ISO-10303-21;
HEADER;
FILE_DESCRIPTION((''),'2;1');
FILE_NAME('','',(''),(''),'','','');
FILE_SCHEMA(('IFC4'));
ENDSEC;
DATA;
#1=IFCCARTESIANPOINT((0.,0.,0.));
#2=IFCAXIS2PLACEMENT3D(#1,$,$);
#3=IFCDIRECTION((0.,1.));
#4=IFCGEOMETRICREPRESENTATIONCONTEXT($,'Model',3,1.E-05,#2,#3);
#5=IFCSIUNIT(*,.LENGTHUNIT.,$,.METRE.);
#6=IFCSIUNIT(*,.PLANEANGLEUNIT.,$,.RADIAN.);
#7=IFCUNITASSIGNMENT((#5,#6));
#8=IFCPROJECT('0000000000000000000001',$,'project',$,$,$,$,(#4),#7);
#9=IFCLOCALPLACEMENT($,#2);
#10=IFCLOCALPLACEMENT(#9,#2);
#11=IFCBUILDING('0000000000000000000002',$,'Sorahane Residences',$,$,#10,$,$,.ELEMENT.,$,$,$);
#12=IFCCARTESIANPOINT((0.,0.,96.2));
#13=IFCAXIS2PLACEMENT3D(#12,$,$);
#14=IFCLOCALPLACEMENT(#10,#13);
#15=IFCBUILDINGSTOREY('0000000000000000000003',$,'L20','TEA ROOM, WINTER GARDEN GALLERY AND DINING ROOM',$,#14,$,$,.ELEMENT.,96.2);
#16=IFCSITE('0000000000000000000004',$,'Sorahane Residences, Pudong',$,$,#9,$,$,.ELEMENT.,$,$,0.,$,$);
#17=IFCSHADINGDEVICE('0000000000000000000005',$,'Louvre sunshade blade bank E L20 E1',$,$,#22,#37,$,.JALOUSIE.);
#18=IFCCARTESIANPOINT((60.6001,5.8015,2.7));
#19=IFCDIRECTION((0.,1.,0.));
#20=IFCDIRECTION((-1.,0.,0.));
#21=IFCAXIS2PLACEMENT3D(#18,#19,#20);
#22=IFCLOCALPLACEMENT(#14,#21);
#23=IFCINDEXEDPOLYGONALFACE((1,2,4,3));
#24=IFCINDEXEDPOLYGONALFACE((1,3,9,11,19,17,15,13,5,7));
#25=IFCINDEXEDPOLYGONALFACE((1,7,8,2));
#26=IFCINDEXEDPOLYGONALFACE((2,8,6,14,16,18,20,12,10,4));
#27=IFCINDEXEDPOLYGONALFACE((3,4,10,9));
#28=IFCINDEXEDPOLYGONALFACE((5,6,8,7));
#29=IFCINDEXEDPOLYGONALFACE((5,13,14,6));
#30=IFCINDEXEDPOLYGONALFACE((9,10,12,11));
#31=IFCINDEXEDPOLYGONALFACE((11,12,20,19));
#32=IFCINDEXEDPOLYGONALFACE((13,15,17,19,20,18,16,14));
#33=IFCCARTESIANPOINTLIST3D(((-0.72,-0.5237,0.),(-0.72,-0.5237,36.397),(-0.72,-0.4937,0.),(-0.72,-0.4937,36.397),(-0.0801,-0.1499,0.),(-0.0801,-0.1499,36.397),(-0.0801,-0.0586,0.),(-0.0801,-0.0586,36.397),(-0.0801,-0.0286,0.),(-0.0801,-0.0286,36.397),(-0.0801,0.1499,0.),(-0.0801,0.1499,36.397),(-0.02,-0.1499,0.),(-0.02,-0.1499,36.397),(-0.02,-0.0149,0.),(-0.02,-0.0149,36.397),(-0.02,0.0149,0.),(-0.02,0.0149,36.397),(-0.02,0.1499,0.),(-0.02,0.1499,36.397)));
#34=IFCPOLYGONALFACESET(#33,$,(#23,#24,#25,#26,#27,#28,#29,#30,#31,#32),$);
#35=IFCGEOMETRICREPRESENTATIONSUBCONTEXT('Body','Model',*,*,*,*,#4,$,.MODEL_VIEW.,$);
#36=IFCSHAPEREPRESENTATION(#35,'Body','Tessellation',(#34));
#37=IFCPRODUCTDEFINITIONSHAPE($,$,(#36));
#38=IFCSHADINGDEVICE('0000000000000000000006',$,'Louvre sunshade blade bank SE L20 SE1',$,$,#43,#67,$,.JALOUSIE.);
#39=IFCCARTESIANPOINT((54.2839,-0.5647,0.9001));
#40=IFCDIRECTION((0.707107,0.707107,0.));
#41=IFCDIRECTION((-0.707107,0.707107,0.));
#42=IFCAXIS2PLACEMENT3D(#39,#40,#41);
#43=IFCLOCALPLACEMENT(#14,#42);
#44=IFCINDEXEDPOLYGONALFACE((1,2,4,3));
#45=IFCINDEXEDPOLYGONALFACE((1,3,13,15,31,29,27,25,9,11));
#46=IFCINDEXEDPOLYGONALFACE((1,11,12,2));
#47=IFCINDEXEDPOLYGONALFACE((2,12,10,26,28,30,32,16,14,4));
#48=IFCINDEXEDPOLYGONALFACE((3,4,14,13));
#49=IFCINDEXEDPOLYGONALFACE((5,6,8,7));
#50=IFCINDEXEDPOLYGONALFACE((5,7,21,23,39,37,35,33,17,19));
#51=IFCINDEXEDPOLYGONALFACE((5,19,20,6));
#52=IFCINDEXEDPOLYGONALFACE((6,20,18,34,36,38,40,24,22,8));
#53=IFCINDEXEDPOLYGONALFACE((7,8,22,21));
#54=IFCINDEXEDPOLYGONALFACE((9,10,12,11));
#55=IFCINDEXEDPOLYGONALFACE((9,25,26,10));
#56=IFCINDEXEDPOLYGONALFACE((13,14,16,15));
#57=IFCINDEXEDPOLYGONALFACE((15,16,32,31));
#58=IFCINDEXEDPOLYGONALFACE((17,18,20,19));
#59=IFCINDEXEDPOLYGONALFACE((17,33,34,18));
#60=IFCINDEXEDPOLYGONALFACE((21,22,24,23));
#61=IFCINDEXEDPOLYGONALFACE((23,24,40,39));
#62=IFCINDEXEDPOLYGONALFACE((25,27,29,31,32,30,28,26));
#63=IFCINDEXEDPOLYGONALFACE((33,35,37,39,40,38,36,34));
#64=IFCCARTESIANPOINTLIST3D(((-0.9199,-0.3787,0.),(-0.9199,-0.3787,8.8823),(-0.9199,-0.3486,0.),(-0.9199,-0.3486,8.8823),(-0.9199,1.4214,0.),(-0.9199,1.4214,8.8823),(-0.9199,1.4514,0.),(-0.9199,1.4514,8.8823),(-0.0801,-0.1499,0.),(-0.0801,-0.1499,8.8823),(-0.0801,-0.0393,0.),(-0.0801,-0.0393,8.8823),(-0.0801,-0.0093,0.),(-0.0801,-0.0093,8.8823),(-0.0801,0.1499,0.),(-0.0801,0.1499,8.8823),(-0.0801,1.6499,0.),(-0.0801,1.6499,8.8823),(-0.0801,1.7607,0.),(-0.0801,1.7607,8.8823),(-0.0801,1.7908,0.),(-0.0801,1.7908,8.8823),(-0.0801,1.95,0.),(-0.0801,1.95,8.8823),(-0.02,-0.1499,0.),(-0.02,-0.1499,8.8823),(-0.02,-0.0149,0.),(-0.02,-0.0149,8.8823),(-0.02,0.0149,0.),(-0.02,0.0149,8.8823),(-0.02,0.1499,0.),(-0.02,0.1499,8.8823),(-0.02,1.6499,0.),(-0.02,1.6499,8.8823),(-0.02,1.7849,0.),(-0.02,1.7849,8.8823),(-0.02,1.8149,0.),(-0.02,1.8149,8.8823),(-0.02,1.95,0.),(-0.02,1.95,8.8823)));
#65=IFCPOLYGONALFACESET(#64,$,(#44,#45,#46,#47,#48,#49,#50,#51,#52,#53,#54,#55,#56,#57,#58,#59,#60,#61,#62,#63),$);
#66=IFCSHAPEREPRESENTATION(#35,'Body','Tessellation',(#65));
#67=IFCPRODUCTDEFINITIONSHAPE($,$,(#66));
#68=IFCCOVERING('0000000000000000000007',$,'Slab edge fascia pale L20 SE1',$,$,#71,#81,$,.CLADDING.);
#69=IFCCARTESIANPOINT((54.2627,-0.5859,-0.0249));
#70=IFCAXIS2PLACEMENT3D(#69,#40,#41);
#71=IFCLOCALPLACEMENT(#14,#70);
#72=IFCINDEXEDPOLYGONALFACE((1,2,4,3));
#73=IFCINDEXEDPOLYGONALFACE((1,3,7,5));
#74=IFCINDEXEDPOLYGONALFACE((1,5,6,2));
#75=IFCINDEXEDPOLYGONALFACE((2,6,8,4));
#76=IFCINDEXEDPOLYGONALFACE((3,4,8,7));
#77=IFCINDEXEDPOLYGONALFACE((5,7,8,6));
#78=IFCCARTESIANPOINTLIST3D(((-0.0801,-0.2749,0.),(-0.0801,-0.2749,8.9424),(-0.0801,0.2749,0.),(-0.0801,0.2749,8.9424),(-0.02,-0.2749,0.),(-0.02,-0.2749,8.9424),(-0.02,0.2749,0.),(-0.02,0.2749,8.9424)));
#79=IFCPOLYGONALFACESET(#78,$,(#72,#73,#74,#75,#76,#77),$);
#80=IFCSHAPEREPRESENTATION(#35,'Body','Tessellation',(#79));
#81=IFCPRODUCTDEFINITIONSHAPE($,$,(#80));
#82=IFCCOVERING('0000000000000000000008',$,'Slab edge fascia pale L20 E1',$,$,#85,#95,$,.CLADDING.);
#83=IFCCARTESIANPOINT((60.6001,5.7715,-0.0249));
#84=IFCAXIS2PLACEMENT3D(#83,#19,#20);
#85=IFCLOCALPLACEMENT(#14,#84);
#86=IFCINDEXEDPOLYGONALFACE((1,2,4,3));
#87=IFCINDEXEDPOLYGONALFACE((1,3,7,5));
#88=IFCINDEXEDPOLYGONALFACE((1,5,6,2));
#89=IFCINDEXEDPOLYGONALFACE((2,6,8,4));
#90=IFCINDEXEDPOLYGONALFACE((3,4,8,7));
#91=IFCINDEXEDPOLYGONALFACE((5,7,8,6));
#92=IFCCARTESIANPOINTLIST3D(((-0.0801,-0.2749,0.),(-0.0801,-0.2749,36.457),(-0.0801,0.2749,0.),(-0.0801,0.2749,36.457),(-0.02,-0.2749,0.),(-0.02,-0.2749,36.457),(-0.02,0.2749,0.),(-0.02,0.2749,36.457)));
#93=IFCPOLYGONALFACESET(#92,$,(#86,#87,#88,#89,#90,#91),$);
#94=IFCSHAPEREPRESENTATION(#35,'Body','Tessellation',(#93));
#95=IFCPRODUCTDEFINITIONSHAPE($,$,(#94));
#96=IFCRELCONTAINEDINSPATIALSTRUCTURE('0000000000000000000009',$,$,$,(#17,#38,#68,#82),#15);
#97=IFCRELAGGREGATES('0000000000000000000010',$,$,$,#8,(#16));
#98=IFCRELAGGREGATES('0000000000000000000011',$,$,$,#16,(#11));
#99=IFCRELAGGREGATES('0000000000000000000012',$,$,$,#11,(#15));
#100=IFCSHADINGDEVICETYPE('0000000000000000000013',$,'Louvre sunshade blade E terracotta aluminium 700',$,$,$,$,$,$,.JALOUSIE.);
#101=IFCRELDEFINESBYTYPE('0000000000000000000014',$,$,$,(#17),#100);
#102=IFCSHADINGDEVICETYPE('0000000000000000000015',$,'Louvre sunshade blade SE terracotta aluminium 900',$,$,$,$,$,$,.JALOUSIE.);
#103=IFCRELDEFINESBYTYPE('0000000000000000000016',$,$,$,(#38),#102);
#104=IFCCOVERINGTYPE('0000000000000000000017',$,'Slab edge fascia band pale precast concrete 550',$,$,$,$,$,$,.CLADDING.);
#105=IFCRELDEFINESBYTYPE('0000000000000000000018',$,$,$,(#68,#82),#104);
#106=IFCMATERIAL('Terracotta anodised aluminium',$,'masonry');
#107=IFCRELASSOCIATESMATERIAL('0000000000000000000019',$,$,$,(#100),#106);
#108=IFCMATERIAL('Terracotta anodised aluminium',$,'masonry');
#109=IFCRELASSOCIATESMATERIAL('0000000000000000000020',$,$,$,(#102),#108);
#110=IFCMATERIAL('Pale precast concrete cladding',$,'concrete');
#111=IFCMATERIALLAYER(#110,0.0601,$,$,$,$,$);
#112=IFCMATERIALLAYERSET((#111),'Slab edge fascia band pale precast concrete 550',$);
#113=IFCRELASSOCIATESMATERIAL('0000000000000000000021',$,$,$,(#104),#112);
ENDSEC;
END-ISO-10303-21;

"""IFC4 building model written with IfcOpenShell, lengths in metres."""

from ifc_helpers import new_model, si_unit, direction, frame, origin, place, context, subcontext, project, spatial, polyline, outline, composite_profile, extrude, material, layer, layer_set, type_object, element, save


model = new_model("IFC4")

# Units and contexts
model_context = context("Model", 3, precision=1e-05, world=origin(), true_north=direction((0.0, 1.0)))
body_context = subcontext(model_context, "Body", "Model", "MODEL_VIEW")
ifc_project = project(units=[si_unit("LENGTHUNIT", "METRE"), si_unit("PLANEANGLEUNIT", "RADIAN")], contexts=[model_context])

# Site, building, storey
site_placement = place(None, origin())
site = spatial("IfcSite", under=ifc_project, at=site_placement, Name="Sorahane Residences, Pudong", CompositionType="ELEMENT", RefElevation=0.0)
building_placement = place(site_placement, origin())
building = spatial("IfcBuilding", under=site, at=building_placement, Name="Sorahane Residences", CompositionType="ELEMENT")
storey_placement = place(building_placement, frame((0.0, 0.0, 96.2)))
storey = spatial("IfcBuildingStorey", under=building, at=storey_placement, Name="L20", Description="TEA ROOM, WINTER GARDEN GALLERY AND DINING ROOM", CompositionType="ELEMENT", Elevation=96.2)

# Shading devices
ifc_material_1 = material(Name="Terracotta anodised aluminium", Category="masonry")
shading_device_type_1 = type_object("IfcShadingDeviceType", Name="Louvre sunshade blade E terracotta aluminium 700", PredefinedType="JALOUSIE", material=ifc_material_1)
shading_device_1_placement = place(storey_placement, frame((60.6001, 5.8015, 2.7), z_axis=(0.0, 1.0, 0.0), x_axis=(-1.0, 0.0, 0.0)))
element("IfcShadingDevice", 1, at=shading_device_1_placement, inside=storey, type_object=shading_device_type_1, Name="Louvre sunshade blade bank E L20 E1", PredefinedType="JALOUSIE", context=body_context, shape_type="SweptSolid", body=[
    extrude(outline(polyline([(-0.72, -0.4937), (-0.72, -0.5237), (-0.0801, -0.0586), (-0.0801, -0.1499), (-0.02, -0.1499), (-0.02, -0.0149), (-0.02, 0.0149), (-0.02, 0.1499), (-0.0801, 0.1499), (-0.0801, -0.0286), (-0.72, -0.4937)])), origin(), (0.0, 0.0, 1.0), 36.397),
])
ifc_material_2 = material(Name="Terracotta anodised aluminium", Category="masonry")
shading_device_type_2 = type_object("IfcShadingDeviceType", Name="Louvre sunshade blade SE terracotta aluminium 900", PredefinedType="JALOUSIE", material=ifc_material_2)
shading_device_2_placement = place(storey_placement, frame((54.2839, -0.5647, 0.9001), z_axis=(0.707107, 0.707107, 0.0), x_axis=(-0.707107, 0.707107, 0.0)))
element("IfcShadingDevice", 2, at=shading_device_2_placement, inside=storey, type_object=shading_device_type_2, Name="Louvre sunshade blade bank SE L20 SE1", PredefinedType="JALOUSIE", context=body_context, shape_type="SweptSolid", body=[
    extrude(composite_profile([outline(polyline([(-0.9199, -0.3486), (-0.9199, -0.3787), (-0.0801, -0.0393), (-0.0801, -0.1499), (-0.02, -0.1499), (-0.02, -0.0149), (-0.02, 0.0149), (-0.02, 0.1499), (-0.0801, 0.1499), (-0.0801, -0.0093), (-0.9199, -0.3486)])), outline(polyline([(-0.9199, 1.4514), (-0.9199, 1.4214), (-0.0801, 1.7607), (-0.0801, 1.6499), (-0.02, 1.6499), (-0.02, 1.7849), (-0.02, 1.8149), (-0.02, 1.95), (-0.0801, 1.95), (-0.0801, 1.7908), (-0.9199, 1.4514)]))]), origin(), (0.0, 0.0, 1.0), 8.8823),
])

# Coverings
ifc_material_3 = material(Name="Pale precast concrete cladding", Category="concrete")
ifc_layer_1 = layer(ifc_material_3, 0.0601)
ifc_layer_set_1 = layer_set([ifc_layer_1], Name="Slab edge fascia band pale precast concrete 550")
covering_type = type_object("IfcCoveringType", Name="Slab edge fascia band pale precast concrete 550", PredefinedType="CLADDING", material=ifc_layer_set_1)
covering_1_placement = place(storey_placement, frame((54.2627, -0.5859, -0.0249), z_axis=(0.707107, 0.707107, 0.0), x_axis=(-0.707107, 0.707107, 0.0)))
element("IfcCovering", 3, at=covering_1_placement, inside=storey, type_object=covering_type, Name="Slab edge fascia pale L20 SE1", PredefinedType="CLADDING", context=body_context, shape_type="SweptSolid", body=[
    extrude(outline(polyline([(-0.02, 0.2749), (-0.0801, 0.2749), (-0.0801, -0.2749), (-0.02, -0.2749), (-0.02, 0.2749)])), origin(), (0.0, 0.0, 1.0), 8.9424),
])
covering_2_placement = place(storey_placement, frame((60.6001, 5.7715, -0.0249), z_axis=(0.0, 1.0, 0.0), x_axis=(-1.0, 0.0, 0.0)))
element("IfcCovering", 4, at=covering_2_placement, inside=storey, type_object=covering_type, Name="Slab edge fascia pale L20 E1", PredefinedType="CLADDING", context=body_context, shape_type="SweptSolid", body=[
    extrude(outline(polyline([(-0.02, 0.2749), (-0.0801, 0.2749), (-0.0801, -0.2749), (-0.02, -0.2749), (-0.02, 0.2749)])), origin(), (0.0, 0.0, 1.0), 36.457),
])

save(model, "model.ifc")
